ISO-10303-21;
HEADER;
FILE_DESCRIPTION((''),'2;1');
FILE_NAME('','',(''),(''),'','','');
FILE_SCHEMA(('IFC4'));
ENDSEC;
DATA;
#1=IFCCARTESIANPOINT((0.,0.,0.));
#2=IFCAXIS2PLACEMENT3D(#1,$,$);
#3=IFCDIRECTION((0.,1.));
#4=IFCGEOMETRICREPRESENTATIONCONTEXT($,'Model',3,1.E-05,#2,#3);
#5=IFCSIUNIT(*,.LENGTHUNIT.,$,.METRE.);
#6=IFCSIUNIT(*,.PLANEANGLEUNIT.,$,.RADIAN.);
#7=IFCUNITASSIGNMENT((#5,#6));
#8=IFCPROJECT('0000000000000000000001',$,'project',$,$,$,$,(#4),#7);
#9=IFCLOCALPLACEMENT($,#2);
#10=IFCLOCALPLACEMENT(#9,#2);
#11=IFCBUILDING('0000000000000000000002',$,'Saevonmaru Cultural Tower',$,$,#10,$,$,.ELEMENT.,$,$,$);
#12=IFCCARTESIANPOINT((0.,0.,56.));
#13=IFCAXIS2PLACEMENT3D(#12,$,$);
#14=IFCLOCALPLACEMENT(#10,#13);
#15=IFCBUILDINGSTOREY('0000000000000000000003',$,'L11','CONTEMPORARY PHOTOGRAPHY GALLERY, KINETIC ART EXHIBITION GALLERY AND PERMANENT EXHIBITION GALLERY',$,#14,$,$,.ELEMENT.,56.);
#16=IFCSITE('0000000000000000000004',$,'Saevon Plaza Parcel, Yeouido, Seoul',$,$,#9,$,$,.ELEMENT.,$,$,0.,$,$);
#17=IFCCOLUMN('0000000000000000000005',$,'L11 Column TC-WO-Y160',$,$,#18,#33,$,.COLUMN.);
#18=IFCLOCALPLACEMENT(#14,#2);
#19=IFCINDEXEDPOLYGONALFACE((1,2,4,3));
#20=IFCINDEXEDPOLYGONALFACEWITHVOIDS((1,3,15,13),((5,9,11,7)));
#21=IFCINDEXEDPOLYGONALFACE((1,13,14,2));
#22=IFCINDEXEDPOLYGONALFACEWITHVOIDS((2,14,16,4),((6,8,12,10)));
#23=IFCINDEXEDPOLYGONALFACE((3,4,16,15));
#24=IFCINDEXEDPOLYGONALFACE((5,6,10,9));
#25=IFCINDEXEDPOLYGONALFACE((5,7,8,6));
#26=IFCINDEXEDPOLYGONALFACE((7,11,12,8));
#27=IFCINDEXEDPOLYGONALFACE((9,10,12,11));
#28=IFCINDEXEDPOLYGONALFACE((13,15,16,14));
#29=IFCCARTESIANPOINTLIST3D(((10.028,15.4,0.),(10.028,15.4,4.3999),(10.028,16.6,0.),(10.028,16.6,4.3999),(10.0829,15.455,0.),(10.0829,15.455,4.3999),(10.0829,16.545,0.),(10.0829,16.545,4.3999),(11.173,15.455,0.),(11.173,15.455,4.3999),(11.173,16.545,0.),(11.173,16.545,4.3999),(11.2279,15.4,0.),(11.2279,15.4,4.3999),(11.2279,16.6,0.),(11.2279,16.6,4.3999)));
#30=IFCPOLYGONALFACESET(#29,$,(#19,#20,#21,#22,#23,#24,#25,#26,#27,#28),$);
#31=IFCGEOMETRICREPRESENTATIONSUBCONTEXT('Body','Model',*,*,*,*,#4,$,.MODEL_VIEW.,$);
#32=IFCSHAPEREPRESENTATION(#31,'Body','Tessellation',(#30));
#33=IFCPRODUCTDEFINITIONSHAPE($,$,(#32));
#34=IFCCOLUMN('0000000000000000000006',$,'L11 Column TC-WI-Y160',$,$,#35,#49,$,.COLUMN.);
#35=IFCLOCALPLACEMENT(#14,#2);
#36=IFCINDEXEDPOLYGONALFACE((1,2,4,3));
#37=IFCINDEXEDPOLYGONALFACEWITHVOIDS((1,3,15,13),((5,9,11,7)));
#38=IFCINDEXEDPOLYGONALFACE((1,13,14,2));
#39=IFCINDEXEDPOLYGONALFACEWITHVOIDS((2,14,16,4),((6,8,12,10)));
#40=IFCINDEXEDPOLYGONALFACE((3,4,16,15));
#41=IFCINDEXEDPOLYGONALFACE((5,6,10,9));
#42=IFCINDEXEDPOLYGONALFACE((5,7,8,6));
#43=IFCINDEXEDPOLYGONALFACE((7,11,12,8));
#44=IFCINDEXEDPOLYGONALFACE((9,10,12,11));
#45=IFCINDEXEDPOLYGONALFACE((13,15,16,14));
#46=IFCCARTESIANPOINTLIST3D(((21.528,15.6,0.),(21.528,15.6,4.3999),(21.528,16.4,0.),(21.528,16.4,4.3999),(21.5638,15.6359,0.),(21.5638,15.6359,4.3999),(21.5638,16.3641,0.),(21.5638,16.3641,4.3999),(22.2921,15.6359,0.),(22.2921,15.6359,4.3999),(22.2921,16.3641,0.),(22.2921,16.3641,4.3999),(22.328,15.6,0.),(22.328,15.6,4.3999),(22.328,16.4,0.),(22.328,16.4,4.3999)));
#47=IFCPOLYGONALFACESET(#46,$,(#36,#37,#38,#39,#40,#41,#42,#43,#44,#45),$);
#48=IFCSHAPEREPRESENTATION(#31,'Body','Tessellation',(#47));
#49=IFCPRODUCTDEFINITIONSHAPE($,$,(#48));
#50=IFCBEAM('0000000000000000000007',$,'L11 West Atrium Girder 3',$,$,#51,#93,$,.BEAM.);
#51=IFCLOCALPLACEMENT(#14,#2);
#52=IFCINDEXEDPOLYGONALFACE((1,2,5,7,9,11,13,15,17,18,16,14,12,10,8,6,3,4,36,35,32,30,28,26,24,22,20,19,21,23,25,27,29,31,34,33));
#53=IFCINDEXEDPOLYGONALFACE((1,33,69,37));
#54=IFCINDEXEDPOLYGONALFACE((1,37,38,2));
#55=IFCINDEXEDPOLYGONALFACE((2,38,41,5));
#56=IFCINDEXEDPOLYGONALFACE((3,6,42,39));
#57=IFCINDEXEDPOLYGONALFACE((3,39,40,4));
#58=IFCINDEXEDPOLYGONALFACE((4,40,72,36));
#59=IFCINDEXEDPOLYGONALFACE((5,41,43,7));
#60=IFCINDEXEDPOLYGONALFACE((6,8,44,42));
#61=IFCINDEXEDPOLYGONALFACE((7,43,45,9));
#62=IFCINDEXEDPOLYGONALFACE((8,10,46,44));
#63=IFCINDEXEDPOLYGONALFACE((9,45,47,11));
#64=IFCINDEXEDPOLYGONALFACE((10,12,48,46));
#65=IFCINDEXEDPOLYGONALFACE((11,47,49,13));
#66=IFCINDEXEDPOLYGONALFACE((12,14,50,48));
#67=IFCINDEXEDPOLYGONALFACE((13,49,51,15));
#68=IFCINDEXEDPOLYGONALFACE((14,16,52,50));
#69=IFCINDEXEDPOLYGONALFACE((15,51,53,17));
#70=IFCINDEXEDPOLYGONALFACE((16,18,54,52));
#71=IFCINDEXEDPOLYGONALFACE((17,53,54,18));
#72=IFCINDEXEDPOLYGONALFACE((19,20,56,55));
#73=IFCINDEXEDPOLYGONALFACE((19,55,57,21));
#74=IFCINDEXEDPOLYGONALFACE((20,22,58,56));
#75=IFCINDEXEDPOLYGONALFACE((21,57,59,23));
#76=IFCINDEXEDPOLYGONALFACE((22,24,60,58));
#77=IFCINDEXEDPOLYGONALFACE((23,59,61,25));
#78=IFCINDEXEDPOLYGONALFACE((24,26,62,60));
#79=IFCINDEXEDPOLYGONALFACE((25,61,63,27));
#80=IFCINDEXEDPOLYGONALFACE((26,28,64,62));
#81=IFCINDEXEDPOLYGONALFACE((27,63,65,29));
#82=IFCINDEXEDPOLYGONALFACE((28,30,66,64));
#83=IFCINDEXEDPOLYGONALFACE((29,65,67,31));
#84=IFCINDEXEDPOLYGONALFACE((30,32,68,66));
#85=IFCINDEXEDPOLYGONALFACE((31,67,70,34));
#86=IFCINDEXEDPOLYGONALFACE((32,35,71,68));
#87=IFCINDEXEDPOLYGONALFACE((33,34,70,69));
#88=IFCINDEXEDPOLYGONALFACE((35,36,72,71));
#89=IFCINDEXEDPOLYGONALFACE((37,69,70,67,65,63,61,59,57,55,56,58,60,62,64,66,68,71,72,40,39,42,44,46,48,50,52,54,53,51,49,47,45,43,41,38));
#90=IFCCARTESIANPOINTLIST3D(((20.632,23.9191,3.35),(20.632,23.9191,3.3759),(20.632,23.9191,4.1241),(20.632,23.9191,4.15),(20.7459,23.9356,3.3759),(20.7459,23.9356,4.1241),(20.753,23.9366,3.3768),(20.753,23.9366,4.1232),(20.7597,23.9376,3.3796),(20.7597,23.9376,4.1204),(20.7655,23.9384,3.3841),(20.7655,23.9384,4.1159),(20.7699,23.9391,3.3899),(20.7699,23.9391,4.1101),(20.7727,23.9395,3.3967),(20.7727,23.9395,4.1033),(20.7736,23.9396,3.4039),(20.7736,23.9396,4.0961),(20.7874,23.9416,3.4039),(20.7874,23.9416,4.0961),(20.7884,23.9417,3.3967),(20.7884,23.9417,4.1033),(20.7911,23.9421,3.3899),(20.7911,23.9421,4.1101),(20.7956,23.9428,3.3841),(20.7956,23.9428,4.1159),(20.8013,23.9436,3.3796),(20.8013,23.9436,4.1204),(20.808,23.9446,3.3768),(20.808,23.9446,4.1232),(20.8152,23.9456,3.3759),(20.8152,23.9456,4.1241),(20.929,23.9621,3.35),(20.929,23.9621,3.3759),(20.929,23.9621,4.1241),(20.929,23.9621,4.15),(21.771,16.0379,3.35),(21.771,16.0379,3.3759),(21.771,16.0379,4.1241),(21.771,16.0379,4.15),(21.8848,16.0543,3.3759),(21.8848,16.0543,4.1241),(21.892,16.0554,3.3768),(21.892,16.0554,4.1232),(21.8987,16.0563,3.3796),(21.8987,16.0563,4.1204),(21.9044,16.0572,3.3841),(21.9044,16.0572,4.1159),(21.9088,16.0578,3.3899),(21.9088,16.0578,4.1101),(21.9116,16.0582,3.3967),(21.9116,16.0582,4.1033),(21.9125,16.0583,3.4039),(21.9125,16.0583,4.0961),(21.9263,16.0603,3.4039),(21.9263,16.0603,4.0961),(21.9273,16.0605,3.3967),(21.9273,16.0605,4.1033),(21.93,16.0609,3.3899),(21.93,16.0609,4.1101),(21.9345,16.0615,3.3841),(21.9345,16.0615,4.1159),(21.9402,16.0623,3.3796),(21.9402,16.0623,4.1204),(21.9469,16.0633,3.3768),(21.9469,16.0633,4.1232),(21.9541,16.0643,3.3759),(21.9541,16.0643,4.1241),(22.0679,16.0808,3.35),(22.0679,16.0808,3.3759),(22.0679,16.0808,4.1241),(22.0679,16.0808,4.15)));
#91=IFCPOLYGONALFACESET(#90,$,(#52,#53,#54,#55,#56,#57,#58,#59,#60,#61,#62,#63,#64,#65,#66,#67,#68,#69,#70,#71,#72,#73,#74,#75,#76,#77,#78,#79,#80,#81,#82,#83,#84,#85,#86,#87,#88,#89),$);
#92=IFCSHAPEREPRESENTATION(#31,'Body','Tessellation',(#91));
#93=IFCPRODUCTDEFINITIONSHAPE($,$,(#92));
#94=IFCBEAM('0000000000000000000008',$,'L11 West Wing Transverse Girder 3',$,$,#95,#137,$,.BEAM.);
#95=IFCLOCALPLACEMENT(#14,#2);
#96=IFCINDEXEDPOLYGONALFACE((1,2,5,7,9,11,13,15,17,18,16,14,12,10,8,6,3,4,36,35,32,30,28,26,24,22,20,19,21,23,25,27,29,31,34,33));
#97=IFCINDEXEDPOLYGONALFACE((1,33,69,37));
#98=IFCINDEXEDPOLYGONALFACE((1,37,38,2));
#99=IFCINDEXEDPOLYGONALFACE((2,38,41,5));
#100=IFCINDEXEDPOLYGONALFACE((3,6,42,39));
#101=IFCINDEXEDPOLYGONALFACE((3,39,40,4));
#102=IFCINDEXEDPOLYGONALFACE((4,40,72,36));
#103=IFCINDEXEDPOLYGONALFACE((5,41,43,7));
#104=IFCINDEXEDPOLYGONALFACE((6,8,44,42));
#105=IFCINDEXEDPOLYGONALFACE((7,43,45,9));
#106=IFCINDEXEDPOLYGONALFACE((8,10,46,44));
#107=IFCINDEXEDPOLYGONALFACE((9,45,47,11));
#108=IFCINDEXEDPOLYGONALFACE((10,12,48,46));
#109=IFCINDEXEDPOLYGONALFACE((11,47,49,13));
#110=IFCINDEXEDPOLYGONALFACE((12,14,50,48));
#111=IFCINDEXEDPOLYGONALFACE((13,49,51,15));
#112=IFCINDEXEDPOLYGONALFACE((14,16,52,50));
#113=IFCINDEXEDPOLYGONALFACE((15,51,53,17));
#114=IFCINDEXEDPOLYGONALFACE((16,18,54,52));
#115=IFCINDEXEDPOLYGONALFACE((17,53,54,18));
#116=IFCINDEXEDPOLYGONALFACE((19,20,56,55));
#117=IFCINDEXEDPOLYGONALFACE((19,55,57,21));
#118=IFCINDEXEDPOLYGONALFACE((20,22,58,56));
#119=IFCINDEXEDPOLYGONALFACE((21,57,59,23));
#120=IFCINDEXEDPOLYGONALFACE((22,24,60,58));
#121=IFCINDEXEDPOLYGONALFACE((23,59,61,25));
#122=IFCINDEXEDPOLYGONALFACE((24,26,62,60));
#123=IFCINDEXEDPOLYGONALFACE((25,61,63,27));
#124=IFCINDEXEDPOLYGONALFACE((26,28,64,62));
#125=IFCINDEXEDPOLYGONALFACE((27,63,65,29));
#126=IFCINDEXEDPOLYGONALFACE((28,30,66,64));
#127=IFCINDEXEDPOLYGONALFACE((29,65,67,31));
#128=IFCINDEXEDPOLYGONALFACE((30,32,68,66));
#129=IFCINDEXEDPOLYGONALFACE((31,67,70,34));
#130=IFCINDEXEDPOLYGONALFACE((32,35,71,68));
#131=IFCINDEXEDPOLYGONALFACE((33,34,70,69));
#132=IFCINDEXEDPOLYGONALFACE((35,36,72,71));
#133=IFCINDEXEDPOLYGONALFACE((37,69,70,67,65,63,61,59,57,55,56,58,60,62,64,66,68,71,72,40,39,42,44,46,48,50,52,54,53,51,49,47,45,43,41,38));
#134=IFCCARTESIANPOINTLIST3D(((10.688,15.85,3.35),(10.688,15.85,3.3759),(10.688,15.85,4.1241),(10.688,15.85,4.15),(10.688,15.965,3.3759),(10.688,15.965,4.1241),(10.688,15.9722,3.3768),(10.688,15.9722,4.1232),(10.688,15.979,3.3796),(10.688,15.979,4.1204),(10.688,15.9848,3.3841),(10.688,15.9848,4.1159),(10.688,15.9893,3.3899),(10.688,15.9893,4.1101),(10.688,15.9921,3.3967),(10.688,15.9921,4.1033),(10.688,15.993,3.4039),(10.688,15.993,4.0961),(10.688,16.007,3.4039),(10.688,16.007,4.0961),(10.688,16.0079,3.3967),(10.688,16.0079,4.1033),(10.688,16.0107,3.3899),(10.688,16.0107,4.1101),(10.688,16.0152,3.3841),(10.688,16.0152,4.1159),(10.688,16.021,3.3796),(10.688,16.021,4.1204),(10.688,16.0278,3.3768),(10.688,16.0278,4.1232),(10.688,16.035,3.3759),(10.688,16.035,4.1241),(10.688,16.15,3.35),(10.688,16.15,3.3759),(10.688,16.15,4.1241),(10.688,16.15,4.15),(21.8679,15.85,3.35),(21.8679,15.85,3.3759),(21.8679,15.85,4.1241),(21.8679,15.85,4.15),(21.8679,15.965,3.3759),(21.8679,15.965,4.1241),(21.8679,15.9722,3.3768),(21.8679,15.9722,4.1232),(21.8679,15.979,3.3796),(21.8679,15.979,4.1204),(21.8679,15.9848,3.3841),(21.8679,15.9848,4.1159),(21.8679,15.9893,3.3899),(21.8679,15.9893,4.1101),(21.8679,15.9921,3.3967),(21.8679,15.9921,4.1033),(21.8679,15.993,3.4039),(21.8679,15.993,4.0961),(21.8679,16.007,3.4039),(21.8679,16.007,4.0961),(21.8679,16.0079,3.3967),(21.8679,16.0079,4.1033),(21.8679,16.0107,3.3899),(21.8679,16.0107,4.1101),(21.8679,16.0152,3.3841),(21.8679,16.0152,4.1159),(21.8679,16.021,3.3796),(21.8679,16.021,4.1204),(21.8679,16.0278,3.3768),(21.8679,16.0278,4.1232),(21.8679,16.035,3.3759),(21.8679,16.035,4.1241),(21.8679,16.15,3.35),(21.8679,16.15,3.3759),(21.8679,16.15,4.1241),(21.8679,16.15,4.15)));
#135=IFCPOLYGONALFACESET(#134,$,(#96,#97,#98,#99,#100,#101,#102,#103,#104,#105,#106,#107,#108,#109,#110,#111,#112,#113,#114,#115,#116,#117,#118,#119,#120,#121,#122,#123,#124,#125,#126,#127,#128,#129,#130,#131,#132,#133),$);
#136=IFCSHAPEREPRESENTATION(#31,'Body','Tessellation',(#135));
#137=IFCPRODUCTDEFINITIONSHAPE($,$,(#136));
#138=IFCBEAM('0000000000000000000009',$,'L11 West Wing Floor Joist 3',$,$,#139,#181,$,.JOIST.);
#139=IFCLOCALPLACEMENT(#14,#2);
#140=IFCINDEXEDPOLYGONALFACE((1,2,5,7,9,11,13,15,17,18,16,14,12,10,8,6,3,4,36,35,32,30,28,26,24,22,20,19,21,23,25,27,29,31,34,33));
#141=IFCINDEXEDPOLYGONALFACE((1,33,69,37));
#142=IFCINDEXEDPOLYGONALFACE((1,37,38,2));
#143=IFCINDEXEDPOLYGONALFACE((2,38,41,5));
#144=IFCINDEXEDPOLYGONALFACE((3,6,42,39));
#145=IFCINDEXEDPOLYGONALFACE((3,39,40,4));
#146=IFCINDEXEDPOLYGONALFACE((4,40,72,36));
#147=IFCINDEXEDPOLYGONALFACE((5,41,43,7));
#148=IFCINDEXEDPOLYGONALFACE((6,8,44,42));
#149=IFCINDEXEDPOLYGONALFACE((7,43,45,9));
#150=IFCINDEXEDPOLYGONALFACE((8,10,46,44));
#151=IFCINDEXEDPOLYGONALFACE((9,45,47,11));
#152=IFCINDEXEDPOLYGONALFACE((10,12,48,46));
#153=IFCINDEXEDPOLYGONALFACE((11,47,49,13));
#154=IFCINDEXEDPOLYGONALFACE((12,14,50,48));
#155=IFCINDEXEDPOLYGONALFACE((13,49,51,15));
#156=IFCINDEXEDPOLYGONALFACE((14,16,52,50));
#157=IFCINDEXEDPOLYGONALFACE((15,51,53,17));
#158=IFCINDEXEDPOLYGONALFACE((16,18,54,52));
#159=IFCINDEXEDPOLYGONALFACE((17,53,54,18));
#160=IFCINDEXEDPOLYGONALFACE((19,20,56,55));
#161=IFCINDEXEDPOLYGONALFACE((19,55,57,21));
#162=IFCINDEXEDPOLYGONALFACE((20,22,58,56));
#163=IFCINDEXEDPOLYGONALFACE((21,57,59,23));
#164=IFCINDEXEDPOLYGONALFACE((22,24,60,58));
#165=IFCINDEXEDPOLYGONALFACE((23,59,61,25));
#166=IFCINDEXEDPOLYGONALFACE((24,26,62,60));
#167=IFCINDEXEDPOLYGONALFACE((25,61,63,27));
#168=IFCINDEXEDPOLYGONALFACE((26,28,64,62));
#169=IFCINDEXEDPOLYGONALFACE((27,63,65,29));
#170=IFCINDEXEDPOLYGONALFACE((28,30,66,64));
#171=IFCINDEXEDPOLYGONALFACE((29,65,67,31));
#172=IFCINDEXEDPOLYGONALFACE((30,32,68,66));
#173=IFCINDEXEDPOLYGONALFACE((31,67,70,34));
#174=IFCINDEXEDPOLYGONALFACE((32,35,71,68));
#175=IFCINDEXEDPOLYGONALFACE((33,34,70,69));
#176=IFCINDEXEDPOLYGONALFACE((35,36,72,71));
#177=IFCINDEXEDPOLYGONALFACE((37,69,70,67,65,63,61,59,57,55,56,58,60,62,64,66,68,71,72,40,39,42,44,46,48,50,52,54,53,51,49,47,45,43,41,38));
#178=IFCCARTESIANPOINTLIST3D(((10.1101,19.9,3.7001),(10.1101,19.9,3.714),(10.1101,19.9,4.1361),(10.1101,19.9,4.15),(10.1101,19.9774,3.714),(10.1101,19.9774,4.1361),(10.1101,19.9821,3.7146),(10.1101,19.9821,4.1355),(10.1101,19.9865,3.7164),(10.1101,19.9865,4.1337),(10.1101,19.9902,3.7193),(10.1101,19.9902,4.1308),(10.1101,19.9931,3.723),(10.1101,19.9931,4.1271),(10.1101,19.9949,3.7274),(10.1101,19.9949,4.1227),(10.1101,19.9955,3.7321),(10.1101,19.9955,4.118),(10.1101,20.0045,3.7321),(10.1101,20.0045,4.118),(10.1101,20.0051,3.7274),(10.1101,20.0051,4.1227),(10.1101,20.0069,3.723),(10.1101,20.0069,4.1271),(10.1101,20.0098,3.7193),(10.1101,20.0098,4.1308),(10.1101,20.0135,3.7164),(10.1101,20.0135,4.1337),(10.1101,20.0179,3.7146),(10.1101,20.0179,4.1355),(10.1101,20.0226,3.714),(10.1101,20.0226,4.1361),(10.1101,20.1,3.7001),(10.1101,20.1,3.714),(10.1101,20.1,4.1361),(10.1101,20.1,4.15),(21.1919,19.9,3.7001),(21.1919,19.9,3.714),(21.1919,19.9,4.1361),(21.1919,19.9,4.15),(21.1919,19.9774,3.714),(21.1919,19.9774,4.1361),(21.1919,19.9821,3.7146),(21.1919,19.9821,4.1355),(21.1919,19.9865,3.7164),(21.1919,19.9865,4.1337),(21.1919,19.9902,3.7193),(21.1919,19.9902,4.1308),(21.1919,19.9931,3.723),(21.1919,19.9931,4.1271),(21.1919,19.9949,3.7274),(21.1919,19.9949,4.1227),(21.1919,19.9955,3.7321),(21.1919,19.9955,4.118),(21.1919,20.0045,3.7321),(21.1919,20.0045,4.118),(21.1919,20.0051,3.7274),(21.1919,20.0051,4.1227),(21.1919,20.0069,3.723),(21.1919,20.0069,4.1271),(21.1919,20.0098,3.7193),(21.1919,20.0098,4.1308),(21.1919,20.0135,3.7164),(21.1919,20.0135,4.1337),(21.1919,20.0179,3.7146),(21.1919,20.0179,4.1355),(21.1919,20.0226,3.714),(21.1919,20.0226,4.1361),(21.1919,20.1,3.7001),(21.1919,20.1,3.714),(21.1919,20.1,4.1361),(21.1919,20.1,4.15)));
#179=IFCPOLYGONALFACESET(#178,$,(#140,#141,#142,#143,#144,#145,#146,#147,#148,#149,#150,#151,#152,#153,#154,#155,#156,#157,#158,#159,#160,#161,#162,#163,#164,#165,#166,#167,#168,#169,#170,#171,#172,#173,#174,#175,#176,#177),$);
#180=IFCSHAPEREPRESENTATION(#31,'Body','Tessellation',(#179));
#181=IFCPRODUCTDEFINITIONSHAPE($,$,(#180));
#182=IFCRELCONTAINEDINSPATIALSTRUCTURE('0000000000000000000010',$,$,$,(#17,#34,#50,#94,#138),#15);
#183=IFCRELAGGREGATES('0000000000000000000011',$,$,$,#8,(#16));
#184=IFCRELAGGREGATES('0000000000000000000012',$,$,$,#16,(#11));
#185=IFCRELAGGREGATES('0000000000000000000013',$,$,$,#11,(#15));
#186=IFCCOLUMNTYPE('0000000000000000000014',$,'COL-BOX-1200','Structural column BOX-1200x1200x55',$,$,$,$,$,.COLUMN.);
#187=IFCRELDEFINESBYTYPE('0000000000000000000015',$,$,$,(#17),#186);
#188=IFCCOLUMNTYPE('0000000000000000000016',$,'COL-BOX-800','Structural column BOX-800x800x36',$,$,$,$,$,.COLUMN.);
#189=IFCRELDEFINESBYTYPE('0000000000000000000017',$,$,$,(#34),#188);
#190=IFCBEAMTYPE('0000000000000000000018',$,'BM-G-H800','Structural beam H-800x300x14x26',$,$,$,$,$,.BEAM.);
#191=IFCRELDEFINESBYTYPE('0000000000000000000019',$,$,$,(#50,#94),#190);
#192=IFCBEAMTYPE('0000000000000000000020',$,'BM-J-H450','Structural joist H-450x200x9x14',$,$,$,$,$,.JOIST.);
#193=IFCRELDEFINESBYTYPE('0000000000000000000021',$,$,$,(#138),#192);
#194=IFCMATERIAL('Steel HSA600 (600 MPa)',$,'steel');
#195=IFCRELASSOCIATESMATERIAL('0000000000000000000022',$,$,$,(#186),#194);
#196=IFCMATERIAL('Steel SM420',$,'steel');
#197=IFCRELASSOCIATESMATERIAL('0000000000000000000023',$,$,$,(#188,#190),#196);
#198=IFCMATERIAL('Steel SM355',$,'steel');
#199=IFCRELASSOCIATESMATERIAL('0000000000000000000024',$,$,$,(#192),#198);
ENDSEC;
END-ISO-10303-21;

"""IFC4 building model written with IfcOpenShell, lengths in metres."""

from ifc_helpers import new_model, si_unit, direction, frame, origin, origin_2d, place, context, subcontext, project, spatial, hollow_rectangle, i_section, extrude, material, material_profile, profile_set, type_object, element, save


model = new_model("IFC4")

# Units and contexts
model_context = context("Model", 3, precision=1e-05, world=origin(), true_north=direction((0.0, 1.0)))
body_context = subcontext(model_context, "Body", "Model", "MODEL_VIEW")
ifc_project = project(units=[si_unit("LENGTHUNIT", "METRE"), si_unit("PLANEANGLEUNIT", "RADIAN")], contexts=[model_context])

# Site, building, storey
site_placement = place(None, origin())
site = spatial("IfcSite", under=ifc_project, at=site_placement, Name="Saevon Plaza Parcel, Yeouido, Seoul", CompositionType="ELEMENT", RefElevation=0.0)
building_placement = place(site_placement, origin())
building = spatial("IfcBuilding", under=site, at=building_placement, Name="Saevonmaru Cultural Tower", CompositionType="ELEMENT")
storey_placement = place(building_placement, frame((0.0, 0.0, 56.0)))
storey = spatial("IfcBuildingStorey", under=building, at=storey_placement, Name="L11", Description="CONTEMPORARY PHOTOGRAPHY GALLERY, KINETIC ART EXHIBITION GALLERY AND PERMANENT EXHIBITION GALLERY", CompositionType="ELEMENT", Elevation=56.0)

# Columns
ifc_material_1 = material(Name="Steel HSA600 (600 MPa)", Category="steel")
ifc_material_profile_1 = material_profile(ifc_material_1, hollow_rectangle(XDim=1.2, YDim=1.2, WallThickness=0.0549, at=origin_2d()), Name="BOX-1200x1200x55")
ifc_profile_set_1 = profile_set([ifc_material_profile_1], Name="Steel HSA600 (600 MPa)")
column_type_1 = type_object("IfcColumnType", Name="COL-BOX-1200", Description="Structural column BOX-1200x1200x55", PredefinedType="COLUMN", material=ifc_profile_set_1)
column_1_placement = place(storey_placement, frame((10.6279, 16.0, 0.0), z_axis=(0.0, 0.0, 1.0), x_axis=(1.0, 0.0, 0.0)))
element("IfcColumn", 1, at=column_1_placement, inside=storey, type_object=column_type_1, Name="L11 Column TC-WO-Y160", PredefinedType="COLUMN", context=body_context, shape_type="SweptSolid", body=[
    extrude(hollow_rectangle(XDim=1.2, YDim=1.2, WallThickness=0.0549, at=origin_2d()), origin(), (0.0, 0.0, 1.0), 4.3999),
])
ifc_material_2 = material(Name="Steel SM420", Category="steel")
ifc_material_profile_2 = material_profile(ifc_material_2, hollow_rectangle(XDim=0.8, YDim=0.8, WallThickness=0.0359, at=origin_2d()), Name="BOX-800x800x36")
ifc_profile_set_2 = profile_set([ifc_material_profile_2], Name="Steel SM420")
column_type_2 = type_object("IfcColumnType", Name="COL-BOX-800", Description="Structural column BOX-800x800x36", PredefinedType="COLUMN", material=ifc_profile_set_2)
column_2_placement = place(storey_placement, frame((21.928, 16.0, 0.0), z_axis=(0.0, 0.0, 1.0), x_axis=(1.0, 0.0, 0.0)))
element("IfcColumn", 2, at=column_2_placement, inside=storey, type_object=column_type_2, Name="L11 Column TC-WI-Y160", PredefinedType="COLUMN", context=body_context, shape_type="SweptSolid", body=[
    extrude(hollow_rectangle(XDim=0.8, YDim=0.8, WallThickness=0.0359, at=origin_2d()), origin(), (0.0, 0.0, 1.0), 4.3999),
])

# Beams
ifc_material_profile_3 = material_profile(ifc_material_2, i_section(OverallWidth=0.3, OverallDepth=0.8, WebThickness=0.0139, FlangeThickness=0.0259, FilletRadius=0.0281, at=origin_2d()), Name="H-800x300x14x26")
ifc_profile_set_3 = profile_set([ifc_material_profile_3], Name="Steel SM420")
beam_type_1 = type_object("IfcBeamType", Name="BM-G-H800", Description="Structural beam H-800x300x14x26", PredefinedType="BEAM", material=ifc_profile_set_3)
beam_1_placement = place(storey_placement, frame((21.9194, 16.0593, 3.75), z_axis=(-0.143022, 0.989719, 0.0), x_axis=(-0.989719, -0.143022, 0.0)))
element("IfcBeam", 3, at=beam_1_placement, inside=storey, type_object=beam_type_1, Name="L11 West Atrium Girder 3", PredefinedType="BEAM", context=body_context, shape_type="SweptSolid", body=[
    extrude(i_section(OverallWidth=0.3, OverallDepth=0.8, WebThickness=0.0139, FlangeThickness=0.0259, FilletRadius=0.0281, at=origin_2d()), origin(), (0.0, 0.0, 1.0), 7.9631),
])
beam_2_placement = place(storey_placement, frame((10.688, 16.0, 3.75), z_axis=(1.0, 0.0, 0.0), x_axis=(0.0, 1.0, 0.0)))
element("IfcBeam", 4, at=beam_2_placement, inside=storey, type_object=beam_type_1, Name="L11 West Wing Transverse Girder 3", PredefinedType="BEAM", context=body_context, shape_type="SweptSolid", body=[
    extrude(i_section(OverallWidth=0.3, OverallDepth=0.8, WebThickness=0.0139, FlangeThickness=0.0259, FilletRadius=0.0281, at=origin_2d()), origin(), (0.0, 0.0, 1.0), 11.1799),
])
ifc_material_3 = material(Name="Steel SM355", Category="steel")
ifc_material_profile_4 = material_profile(ifc_material_3, i_section(OverallWidth=0.2, OverallDepth=0.45, WebThickness=0.009, FlangeThickness=0.0139, FilletRadius=0.0181, at=origin_2d()), Name="H-450x200x9x14")
ifc_profile_set_4 = profile_set([ifc_material_profile_4], Name="Steel SM355")
beam_type_2 = type_object("IfcBeamType", Name="BM-J-H450", Description="Structural joist H-450x200x9x14", PredefinedType="JOIST", material=ifc_profile_set_4)
beam_3_placement = place(storey_placement, frame((10.1101, 20.0, 3.925), z_axis=(1.0, 0.0, 0.0), x_axis=(0.0, 1.0, 0.0)))
element("IfcBeam", 5, at=beam_3_placement, inside=storey, type_object=beam_type_2, Name="L11 West Wing Floor Joist 3", PredefinedType="JOIST", context=body_context, shape_type="SweptSolid", body=[
    extrude(i_section(OverallWidth=0.2, OverallDepth=0.45, WebThickness=0.009, FlangeThickness=0.0139, FilletRadius=0.0181, at=origin_2d()), origin(), (0.0, 0.0, 1.0), 11.0818),
])

save(model, "model.ifc")
